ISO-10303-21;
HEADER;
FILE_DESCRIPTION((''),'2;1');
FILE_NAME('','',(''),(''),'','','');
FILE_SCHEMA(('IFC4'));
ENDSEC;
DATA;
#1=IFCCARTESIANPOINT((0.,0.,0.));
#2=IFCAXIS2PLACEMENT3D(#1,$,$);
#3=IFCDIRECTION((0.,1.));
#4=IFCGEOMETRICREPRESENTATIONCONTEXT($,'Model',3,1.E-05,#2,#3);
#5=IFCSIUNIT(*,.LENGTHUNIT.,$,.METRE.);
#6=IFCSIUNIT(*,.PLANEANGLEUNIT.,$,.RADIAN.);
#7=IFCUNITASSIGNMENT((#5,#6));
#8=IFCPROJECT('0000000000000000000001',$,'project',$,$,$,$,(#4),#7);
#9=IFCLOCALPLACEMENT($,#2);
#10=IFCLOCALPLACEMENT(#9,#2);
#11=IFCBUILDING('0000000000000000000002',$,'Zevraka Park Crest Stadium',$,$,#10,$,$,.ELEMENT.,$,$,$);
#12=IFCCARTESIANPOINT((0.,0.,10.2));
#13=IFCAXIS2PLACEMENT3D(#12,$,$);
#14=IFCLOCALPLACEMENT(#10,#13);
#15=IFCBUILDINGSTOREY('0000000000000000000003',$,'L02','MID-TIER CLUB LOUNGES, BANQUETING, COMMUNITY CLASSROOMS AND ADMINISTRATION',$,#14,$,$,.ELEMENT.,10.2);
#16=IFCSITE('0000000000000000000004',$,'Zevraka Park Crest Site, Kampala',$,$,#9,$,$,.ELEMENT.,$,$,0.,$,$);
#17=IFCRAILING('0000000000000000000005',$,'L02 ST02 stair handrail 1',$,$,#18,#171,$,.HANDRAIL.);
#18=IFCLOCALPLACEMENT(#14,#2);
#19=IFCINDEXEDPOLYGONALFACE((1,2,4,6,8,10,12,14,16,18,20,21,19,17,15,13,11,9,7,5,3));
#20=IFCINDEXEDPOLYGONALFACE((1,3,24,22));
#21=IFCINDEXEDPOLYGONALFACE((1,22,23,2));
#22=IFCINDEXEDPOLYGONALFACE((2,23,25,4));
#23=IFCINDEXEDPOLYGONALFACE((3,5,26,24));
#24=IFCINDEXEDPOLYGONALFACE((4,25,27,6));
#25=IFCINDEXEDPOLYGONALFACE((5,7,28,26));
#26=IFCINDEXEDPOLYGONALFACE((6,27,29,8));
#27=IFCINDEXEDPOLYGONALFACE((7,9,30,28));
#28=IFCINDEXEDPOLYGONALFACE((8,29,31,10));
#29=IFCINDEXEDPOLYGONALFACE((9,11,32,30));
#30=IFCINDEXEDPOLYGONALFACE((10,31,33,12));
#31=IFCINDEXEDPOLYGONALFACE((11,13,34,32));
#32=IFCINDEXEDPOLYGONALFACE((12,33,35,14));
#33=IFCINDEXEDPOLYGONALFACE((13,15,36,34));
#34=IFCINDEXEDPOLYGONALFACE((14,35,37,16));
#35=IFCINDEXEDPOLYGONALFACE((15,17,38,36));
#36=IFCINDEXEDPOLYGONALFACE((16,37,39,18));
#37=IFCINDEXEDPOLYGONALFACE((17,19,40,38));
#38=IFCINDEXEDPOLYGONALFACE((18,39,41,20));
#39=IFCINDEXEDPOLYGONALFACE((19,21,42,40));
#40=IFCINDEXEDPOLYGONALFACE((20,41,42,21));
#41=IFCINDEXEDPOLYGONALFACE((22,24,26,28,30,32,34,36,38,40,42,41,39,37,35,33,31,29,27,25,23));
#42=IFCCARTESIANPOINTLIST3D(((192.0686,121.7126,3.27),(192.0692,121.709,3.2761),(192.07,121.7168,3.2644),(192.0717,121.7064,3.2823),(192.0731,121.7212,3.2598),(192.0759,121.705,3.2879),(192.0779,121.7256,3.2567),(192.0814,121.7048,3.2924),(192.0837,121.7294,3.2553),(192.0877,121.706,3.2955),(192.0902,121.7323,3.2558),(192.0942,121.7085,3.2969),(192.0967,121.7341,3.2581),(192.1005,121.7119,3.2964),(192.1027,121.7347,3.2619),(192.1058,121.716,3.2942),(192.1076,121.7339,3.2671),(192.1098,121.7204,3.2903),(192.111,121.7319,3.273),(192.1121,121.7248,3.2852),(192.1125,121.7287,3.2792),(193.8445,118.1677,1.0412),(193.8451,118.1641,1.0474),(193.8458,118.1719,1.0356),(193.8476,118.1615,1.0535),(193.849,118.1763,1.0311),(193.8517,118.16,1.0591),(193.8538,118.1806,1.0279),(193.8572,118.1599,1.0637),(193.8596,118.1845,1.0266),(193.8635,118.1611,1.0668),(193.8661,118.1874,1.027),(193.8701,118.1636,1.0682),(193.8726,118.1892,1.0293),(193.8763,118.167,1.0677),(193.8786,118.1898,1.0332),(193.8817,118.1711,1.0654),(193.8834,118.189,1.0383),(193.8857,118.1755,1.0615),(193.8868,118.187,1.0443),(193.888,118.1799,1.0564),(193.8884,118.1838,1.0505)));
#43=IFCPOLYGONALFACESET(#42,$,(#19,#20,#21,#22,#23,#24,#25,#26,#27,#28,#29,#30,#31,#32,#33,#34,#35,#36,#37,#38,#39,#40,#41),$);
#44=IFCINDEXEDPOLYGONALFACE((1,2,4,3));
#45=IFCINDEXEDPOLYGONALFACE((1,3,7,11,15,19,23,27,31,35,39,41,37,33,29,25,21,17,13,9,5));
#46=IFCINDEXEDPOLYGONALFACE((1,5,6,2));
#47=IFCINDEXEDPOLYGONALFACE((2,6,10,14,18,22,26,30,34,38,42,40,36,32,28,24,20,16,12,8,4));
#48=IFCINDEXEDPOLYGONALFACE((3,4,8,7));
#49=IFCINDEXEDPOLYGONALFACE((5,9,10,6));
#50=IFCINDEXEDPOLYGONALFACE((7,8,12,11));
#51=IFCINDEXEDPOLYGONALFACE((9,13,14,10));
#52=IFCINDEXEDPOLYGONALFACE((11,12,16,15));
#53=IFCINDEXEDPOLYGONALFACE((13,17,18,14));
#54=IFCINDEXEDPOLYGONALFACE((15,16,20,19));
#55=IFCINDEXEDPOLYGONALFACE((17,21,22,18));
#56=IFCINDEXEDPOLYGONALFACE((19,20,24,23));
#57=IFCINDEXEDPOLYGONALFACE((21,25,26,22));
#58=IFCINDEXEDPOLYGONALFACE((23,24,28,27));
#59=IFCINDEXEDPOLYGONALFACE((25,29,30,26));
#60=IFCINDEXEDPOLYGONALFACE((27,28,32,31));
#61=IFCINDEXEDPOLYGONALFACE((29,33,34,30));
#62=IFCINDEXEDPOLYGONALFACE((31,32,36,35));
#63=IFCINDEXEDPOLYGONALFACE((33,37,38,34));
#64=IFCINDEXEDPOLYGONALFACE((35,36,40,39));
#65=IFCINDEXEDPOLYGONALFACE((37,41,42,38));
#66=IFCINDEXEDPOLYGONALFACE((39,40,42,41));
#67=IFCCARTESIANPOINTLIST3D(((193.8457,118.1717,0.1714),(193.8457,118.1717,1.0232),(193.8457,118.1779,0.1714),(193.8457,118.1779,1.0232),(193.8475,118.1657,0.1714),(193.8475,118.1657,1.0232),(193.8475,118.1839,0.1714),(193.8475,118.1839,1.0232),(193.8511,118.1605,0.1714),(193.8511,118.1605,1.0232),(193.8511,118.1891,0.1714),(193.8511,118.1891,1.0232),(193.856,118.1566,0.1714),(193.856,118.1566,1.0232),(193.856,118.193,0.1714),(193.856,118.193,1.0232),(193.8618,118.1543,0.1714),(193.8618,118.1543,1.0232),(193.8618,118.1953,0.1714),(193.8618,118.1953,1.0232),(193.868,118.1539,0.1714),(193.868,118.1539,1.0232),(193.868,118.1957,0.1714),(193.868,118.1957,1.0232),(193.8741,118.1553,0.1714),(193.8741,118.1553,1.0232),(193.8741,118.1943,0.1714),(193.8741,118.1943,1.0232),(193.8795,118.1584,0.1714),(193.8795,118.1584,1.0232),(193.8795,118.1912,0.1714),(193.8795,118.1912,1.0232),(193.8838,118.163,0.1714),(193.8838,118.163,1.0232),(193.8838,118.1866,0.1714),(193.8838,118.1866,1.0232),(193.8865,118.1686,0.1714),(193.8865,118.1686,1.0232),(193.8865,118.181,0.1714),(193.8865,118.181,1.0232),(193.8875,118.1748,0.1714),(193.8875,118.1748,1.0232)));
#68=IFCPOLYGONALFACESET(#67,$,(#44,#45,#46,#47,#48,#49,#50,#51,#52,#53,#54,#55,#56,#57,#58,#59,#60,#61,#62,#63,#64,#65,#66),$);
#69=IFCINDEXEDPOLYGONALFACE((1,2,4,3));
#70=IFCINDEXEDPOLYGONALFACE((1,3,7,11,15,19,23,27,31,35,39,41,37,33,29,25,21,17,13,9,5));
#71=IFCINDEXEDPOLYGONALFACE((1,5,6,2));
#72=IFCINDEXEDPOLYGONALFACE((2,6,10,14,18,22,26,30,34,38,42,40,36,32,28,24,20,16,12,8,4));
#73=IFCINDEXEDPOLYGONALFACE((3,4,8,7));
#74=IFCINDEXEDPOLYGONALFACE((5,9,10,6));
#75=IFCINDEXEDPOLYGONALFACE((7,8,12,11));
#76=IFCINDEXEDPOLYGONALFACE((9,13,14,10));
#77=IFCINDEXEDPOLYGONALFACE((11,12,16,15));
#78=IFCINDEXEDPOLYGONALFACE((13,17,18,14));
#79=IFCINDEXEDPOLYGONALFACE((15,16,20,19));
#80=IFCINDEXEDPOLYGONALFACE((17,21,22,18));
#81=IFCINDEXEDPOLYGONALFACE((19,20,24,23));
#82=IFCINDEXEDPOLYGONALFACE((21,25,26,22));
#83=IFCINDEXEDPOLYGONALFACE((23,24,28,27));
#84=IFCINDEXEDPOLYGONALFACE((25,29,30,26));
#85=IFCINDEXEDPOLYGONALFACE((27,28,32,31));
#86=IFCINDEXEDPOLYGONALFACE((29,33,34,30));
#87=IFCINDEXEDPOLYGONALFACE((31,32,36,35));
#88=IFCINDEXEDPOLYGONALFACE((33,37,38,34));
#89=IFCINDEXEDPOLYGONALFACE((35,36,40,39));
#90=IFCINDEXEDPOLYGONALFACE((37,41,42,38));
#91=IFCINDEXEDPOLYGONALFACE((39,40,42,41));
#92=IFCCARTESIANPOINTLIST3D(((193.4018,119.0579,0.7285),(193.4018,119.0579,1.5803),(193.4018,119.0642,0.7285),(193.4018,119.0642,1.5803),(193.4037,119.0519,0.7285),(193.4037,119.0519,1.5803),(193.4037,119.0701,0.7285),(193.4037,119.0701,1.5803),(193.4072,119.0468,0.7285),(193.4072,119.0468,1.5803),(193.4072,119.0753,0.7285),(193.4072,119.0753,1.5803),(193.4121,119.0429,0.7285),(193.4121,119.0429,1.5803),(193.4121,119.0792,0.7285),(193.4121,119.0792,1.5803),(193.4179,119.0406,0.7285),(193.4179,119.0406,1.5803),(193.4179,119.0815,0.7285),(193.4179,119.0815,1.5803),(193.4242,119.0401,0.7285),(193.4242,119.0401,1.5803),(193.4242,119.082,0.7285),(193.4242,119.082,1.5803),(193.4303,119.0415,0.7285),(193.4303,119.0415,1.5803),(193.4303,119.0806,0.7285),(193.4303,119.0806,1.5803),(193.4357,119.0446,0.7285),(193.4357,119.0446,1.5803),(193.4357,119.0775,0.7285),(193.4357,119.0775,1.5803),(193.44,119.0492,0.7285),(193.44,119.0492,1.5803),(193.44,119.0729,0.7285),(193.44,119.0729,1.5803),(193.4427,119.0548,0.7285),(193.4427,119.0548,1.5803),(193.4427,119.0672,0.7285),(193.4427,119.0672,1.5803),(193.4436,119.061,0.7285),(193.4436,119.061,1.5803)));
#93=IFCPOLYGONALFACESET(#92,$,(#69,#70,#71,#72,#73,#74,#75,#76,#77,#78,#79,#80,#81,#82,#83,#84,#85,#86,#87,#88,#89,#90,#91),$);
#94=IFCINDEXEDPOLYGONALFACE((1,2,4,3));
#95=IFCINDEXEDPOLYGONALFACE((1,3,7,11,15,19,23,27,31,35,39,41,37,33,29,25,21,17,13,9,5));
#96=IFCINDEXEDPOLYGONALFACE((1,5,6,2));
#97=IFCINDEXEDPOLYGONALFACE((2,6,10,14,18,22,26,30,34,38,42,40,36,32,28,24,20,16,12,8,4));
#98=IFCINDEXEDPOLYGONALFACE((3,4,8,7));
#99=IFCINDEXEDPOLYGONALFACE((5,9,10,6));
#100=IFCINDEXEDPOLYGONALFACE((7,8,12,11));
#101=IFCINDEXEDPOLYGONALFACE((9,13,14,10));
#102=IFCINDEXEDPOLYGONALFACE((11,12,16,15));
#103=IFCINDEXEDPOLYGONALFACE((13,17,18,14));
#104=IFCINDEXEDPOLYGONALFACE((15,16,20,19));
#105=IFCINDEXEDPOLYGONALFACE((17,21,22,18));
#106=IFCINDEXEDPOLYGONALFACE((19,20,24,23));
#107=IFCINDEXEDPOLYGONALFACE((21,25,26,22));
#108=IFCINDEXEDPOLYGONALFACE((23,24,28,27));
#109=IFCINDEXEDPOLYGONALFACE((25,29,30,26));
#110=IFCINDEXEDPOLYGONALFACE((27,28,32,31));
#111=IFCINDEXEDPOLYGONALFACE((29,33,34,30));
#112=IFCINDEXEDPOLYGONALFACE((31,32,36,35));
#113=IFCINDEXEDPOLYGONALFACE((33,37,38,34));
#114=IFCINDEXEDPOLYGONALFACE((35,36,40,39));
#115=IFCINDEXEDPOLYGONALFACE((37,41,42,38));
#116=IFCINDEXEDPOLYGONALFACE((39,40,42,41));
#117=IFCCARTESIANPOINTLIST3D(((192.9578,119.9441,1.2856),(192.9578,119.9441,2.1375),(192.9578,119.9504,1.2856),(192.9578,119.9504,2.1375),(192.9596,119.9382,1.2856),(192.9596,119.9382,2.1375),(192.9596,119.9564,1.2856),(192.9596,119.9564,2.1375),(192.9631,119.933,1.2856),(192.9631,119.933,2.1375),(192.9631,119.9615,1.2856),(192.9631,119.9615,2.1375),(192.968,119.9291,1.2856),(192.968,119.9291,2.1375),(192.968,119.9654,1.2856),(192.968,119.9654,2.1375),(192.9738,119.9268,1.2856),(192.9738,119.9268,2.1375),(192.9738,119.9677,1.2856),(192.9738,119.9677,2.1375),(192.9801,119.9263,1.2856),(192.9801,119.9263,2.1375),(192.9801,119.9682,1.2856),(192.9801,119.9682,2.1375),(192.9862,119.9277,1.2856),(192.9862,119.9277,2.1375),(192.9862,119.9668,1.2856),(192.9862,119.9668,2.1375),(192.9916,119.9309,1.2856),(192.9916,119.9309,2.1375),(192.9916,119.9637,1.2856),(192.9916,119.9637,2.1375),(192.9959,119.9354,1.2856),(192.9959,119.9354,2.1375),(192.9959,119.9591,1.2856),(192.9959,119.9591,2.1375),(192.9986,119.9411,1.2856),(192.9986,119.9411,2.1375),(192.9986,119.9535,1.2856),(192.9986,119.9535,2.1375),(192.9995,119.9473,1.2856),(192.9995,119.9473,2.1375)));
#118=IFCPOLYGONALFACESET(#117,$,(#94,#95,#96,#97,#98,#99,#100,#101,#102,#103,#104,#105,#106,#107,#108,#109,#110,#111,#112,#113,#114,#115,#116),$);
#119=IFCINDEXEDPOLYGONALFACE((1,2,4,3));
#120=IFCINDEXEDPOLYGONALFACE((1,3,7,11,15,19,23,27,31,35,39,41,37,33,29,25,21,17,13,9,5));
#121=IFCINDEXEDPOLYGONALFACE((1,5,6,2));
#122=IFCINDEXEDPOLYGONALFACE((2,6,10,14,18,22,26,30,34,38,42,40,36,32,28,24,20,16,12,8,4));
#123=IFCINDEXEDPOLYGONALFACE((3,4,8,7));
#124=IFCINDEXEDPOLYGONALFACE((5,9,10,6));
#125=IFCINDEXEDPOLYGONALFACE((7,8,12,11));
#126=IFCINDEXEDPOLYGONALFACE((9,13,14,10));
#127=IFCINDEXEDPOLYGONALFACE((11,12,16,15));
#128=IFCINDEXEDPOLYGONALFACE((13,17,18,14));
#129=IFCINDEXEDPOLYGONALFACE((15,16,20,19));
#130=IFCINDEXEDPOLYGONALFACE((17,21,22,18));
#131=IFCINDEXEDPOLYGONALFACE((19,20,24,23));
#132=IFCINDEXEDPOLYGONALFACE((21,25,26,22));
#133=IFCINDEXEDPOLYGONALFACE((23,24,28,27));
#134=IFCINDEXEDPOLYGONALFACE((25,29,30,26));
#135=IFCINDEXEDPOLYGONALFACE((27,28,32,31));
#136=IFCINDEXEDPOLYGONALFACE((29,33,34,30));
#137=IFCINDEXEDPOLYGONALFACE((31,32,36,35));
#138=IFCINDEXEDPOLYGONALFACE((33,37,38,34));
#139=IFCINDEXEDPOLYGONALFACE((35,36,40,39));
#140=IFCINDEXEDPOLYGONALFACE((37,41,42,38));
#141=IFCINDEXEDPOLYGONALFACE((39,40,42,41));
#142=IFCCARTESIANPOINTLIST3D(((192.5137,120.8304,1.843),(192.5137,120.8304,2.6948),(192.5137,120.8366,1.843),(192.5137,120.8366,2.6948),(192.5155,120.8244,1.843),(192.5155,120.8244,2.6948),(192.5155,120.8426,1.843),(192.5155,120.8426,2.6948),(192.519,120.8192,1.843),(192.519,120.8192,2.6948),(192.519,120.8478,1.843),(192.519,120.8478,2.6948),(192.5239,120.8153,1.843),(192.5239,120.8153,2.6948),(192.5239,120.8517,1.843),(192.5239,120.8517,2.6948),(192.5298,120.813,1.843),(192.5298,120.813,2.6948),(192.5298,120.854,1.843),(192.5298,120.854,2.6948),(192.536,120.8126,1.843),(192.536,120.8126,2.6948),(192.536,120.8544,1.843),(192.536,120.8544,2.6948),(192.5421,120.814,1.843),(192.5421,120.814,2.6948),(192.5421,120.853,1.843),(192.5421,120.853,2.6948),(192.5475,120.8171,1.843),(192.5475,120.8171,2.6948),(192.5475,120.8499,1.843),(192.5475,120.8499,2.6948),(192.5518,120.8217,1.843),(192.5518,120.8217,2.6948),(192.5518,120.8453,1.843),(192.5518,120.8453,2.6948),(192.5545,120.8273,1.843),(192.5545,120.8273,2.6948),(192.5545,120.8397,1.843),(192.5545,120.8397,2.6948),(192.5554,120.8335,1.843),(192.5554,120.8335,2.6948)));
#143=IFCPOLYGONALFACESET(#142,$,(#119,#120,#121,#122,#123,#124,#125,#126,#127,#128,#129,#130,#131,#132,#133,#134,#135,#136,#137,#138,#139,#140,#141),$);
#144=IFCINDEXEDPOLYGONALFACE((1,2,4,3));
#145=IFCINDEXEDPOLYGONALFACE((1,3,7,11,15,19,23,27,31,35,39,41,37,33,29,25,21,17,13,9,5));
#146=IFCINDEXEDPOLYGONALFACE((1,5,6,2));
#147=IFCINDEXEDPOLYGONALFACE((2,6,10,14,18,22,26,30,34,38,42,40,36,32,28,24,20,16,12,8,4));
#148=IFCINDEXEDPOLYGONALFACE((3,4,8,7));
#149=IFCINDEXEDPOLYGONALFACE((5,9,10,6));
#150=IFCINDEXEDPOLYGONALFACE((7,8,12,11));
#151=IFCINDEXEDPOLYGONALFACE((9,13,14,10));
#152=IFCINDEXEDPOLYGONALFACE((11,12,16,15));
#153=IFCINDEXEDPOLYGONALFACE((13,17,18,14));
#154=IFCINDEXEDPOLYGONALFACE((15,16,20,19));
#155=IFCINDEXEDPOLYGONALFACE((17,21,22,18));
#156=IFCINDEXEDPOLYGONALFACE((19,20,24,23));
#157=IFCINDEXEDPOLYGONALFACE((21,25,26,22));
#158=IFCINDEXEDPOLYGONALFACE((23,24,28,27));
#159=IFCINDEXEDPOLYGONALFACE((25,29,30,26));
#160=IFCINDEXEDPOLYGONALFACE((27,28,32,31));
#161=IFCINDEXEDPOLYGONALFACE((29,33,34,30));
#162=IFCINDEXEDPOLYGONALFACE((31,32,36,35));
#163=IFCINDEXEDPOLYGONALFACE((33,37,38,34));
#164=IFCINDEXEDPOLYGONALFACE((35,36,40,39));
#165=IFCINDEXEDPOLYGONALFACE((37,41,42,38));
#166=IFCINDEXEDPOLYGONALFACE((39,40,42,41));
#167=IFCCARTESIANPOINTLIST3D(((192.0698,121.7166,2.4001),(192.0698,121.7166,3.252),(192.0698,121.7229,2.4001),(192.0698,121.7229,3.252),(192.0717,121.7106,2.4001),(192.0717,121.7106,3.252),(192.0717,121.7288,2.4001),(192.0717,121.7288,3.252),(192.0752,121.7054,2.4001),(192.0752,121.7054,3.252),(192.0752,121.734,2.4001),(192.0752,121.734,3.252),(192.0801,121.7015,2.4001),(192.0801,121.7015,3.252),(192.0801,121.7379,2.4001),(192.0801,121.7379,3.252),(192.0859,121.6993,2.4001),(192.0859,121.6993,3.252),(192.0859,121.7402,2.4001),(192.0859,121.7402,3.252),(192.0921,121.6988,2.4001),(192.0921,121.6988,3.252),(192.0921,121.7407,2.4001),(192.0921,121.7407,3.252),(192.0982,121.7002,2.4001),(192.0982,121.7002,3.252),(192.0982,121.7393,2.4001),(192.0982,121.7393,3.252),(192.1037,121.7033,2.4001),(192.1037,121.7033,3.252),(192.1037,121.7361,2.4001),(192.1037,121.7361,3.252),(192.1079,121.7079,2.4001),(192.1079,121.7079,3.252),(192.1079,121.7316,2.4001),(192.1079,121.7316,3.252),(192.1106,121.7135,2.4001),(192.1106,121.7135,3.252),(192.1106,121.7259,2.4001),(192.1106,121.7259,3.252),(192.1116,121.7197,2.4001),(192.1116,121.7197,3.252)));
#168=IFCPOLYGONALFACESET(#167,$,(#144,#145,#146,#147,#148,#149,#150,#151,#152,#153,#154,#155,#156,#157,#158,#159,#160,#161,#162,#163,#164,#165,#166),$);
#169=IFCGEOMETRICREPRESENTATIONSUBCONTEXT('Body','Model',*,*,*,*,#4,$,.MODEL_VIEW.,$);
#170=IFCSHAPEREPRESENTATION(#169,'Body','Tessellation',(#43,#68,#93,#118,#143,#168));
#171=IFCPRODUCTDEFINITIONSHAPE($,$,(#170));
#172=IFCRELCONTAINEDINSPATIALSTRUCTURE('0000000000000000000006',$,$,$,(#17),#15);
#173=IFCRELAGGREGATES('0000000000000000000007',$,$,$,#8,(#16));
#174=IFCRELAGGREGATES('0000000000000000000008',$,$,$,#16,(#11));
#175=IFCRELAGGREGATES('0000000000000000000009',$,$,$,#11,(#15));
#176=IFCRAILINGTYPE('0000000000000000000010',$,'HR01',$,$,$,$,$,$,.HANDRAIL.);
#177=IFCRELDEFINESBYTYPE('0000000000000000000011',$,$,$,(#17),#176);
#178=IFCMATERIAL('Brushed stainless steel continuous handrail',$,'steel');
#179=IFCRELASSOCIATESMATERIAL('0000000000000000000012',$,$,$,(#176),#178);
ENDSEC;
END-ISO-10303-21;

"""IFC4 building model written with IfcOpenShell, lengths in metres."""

from ifc_helpers import new_model, si_unit, direction, frame, origin, origin_2d, place, context, subcontext, project, spatial, circle, extrude, material, type_object, element, save


model = new_model("IFC4")

# Units and contexts
model_context = context("Model", 3, precision=1e-05, world=origin(), true_north=direction((0.0, 1.0)))
body_context = subcontext(model_context, "Body", "Model", "MODEL_VIEW")
ifc_project = project(units=[si_unit("LENGTHUNIT", "METRE"), si_unit("PLANEANGLEUNIT", "RADIAN")], contexts=[model_context])

# Site, building, storey
site_placement = place(None, origin())
site = spatial("IfcSite", under=ifc_project, at=site_placement, Name="Zevraka Park Crest Site, Kampala", CompositionType="ELEMENT", RefElevation=0.0)
building_placement = place(site_placement, origin())
building = spatial("IfcBuilding", under=site, at=building_placement, Name="Zevraka Park Crest Stadium", CompositionType="ELEMENT")
storey_placement = place(building_placement, frame((0.0, 0.0, 10.2)))
storey = spatial("IfcBuildingStorey", under=building, at=storey_placement, Name="L02", Description="MID-TIER CLUB LOUNGES, BANQUETING, COMMUNITY CLASSROOMS AND ADMINISTRATION", CompositionType="ELEMENT", Elevation=10.2)

# Railing
ifc_material_1 = material(Name="Brushed stainless steel continuous handrail", Category="steel")
railing_type_1 = type_object("IfcRailingType", Name="HR01", PredefinedType="HANDRAIL", material=ifc_material_1)
railing_1_placement = place(storey_placement, frame((193.8665, 118.1748, 0.1714)))
element("IfcRailing", 1, at=railing_1_placement, inside=storey, type_object=railing_type_1, Name="L02 ST02 stair handrail 1", PredefinedType="HANDRAIL", context=body_context, shape_type="SweptSolid", body=[
    extrude(circle(Radius=0.0239, at=origin_2d()), frame((0.0, 0.0, 0.876), z_axis=(-0.390444, 0.779384, 0.490014), x_axis=(-0.894082, -0.447903, 0.0)), (0.0, 0.0, 1.0), 4.5483),
    extrude(circle(Radius=0.021, at=origin_2d()), origin(), (0.0, 0.0, 1.0), 0.8518),
    extrude(circle(Radius=0.021, at=origin_2d()), frame((-0.4438, 0.8862, 0.5571)), (0.0, 0.0, 1.0), 0.8518),
    extrude(circle(Radius=0.021, at=origin_2d()), frame((-0.8879, 1.7725, 1.1143)), (0.0, 0.0, 1.0), 0.8518),
    extrude(circle(Radius=0.021, at=origin_2d()), frame((-1.332, 2.6587, 1.6716)), (0.0, 0.0, 1.0), 0.8518),
    extrude(circle(Radius=0.021, at=origin_2d()), frame((-1.7759, 3.5449, 2.2288)), (0.0, 0.0, 1.0), 0.8518),
])

save(model, "model.ifc")
